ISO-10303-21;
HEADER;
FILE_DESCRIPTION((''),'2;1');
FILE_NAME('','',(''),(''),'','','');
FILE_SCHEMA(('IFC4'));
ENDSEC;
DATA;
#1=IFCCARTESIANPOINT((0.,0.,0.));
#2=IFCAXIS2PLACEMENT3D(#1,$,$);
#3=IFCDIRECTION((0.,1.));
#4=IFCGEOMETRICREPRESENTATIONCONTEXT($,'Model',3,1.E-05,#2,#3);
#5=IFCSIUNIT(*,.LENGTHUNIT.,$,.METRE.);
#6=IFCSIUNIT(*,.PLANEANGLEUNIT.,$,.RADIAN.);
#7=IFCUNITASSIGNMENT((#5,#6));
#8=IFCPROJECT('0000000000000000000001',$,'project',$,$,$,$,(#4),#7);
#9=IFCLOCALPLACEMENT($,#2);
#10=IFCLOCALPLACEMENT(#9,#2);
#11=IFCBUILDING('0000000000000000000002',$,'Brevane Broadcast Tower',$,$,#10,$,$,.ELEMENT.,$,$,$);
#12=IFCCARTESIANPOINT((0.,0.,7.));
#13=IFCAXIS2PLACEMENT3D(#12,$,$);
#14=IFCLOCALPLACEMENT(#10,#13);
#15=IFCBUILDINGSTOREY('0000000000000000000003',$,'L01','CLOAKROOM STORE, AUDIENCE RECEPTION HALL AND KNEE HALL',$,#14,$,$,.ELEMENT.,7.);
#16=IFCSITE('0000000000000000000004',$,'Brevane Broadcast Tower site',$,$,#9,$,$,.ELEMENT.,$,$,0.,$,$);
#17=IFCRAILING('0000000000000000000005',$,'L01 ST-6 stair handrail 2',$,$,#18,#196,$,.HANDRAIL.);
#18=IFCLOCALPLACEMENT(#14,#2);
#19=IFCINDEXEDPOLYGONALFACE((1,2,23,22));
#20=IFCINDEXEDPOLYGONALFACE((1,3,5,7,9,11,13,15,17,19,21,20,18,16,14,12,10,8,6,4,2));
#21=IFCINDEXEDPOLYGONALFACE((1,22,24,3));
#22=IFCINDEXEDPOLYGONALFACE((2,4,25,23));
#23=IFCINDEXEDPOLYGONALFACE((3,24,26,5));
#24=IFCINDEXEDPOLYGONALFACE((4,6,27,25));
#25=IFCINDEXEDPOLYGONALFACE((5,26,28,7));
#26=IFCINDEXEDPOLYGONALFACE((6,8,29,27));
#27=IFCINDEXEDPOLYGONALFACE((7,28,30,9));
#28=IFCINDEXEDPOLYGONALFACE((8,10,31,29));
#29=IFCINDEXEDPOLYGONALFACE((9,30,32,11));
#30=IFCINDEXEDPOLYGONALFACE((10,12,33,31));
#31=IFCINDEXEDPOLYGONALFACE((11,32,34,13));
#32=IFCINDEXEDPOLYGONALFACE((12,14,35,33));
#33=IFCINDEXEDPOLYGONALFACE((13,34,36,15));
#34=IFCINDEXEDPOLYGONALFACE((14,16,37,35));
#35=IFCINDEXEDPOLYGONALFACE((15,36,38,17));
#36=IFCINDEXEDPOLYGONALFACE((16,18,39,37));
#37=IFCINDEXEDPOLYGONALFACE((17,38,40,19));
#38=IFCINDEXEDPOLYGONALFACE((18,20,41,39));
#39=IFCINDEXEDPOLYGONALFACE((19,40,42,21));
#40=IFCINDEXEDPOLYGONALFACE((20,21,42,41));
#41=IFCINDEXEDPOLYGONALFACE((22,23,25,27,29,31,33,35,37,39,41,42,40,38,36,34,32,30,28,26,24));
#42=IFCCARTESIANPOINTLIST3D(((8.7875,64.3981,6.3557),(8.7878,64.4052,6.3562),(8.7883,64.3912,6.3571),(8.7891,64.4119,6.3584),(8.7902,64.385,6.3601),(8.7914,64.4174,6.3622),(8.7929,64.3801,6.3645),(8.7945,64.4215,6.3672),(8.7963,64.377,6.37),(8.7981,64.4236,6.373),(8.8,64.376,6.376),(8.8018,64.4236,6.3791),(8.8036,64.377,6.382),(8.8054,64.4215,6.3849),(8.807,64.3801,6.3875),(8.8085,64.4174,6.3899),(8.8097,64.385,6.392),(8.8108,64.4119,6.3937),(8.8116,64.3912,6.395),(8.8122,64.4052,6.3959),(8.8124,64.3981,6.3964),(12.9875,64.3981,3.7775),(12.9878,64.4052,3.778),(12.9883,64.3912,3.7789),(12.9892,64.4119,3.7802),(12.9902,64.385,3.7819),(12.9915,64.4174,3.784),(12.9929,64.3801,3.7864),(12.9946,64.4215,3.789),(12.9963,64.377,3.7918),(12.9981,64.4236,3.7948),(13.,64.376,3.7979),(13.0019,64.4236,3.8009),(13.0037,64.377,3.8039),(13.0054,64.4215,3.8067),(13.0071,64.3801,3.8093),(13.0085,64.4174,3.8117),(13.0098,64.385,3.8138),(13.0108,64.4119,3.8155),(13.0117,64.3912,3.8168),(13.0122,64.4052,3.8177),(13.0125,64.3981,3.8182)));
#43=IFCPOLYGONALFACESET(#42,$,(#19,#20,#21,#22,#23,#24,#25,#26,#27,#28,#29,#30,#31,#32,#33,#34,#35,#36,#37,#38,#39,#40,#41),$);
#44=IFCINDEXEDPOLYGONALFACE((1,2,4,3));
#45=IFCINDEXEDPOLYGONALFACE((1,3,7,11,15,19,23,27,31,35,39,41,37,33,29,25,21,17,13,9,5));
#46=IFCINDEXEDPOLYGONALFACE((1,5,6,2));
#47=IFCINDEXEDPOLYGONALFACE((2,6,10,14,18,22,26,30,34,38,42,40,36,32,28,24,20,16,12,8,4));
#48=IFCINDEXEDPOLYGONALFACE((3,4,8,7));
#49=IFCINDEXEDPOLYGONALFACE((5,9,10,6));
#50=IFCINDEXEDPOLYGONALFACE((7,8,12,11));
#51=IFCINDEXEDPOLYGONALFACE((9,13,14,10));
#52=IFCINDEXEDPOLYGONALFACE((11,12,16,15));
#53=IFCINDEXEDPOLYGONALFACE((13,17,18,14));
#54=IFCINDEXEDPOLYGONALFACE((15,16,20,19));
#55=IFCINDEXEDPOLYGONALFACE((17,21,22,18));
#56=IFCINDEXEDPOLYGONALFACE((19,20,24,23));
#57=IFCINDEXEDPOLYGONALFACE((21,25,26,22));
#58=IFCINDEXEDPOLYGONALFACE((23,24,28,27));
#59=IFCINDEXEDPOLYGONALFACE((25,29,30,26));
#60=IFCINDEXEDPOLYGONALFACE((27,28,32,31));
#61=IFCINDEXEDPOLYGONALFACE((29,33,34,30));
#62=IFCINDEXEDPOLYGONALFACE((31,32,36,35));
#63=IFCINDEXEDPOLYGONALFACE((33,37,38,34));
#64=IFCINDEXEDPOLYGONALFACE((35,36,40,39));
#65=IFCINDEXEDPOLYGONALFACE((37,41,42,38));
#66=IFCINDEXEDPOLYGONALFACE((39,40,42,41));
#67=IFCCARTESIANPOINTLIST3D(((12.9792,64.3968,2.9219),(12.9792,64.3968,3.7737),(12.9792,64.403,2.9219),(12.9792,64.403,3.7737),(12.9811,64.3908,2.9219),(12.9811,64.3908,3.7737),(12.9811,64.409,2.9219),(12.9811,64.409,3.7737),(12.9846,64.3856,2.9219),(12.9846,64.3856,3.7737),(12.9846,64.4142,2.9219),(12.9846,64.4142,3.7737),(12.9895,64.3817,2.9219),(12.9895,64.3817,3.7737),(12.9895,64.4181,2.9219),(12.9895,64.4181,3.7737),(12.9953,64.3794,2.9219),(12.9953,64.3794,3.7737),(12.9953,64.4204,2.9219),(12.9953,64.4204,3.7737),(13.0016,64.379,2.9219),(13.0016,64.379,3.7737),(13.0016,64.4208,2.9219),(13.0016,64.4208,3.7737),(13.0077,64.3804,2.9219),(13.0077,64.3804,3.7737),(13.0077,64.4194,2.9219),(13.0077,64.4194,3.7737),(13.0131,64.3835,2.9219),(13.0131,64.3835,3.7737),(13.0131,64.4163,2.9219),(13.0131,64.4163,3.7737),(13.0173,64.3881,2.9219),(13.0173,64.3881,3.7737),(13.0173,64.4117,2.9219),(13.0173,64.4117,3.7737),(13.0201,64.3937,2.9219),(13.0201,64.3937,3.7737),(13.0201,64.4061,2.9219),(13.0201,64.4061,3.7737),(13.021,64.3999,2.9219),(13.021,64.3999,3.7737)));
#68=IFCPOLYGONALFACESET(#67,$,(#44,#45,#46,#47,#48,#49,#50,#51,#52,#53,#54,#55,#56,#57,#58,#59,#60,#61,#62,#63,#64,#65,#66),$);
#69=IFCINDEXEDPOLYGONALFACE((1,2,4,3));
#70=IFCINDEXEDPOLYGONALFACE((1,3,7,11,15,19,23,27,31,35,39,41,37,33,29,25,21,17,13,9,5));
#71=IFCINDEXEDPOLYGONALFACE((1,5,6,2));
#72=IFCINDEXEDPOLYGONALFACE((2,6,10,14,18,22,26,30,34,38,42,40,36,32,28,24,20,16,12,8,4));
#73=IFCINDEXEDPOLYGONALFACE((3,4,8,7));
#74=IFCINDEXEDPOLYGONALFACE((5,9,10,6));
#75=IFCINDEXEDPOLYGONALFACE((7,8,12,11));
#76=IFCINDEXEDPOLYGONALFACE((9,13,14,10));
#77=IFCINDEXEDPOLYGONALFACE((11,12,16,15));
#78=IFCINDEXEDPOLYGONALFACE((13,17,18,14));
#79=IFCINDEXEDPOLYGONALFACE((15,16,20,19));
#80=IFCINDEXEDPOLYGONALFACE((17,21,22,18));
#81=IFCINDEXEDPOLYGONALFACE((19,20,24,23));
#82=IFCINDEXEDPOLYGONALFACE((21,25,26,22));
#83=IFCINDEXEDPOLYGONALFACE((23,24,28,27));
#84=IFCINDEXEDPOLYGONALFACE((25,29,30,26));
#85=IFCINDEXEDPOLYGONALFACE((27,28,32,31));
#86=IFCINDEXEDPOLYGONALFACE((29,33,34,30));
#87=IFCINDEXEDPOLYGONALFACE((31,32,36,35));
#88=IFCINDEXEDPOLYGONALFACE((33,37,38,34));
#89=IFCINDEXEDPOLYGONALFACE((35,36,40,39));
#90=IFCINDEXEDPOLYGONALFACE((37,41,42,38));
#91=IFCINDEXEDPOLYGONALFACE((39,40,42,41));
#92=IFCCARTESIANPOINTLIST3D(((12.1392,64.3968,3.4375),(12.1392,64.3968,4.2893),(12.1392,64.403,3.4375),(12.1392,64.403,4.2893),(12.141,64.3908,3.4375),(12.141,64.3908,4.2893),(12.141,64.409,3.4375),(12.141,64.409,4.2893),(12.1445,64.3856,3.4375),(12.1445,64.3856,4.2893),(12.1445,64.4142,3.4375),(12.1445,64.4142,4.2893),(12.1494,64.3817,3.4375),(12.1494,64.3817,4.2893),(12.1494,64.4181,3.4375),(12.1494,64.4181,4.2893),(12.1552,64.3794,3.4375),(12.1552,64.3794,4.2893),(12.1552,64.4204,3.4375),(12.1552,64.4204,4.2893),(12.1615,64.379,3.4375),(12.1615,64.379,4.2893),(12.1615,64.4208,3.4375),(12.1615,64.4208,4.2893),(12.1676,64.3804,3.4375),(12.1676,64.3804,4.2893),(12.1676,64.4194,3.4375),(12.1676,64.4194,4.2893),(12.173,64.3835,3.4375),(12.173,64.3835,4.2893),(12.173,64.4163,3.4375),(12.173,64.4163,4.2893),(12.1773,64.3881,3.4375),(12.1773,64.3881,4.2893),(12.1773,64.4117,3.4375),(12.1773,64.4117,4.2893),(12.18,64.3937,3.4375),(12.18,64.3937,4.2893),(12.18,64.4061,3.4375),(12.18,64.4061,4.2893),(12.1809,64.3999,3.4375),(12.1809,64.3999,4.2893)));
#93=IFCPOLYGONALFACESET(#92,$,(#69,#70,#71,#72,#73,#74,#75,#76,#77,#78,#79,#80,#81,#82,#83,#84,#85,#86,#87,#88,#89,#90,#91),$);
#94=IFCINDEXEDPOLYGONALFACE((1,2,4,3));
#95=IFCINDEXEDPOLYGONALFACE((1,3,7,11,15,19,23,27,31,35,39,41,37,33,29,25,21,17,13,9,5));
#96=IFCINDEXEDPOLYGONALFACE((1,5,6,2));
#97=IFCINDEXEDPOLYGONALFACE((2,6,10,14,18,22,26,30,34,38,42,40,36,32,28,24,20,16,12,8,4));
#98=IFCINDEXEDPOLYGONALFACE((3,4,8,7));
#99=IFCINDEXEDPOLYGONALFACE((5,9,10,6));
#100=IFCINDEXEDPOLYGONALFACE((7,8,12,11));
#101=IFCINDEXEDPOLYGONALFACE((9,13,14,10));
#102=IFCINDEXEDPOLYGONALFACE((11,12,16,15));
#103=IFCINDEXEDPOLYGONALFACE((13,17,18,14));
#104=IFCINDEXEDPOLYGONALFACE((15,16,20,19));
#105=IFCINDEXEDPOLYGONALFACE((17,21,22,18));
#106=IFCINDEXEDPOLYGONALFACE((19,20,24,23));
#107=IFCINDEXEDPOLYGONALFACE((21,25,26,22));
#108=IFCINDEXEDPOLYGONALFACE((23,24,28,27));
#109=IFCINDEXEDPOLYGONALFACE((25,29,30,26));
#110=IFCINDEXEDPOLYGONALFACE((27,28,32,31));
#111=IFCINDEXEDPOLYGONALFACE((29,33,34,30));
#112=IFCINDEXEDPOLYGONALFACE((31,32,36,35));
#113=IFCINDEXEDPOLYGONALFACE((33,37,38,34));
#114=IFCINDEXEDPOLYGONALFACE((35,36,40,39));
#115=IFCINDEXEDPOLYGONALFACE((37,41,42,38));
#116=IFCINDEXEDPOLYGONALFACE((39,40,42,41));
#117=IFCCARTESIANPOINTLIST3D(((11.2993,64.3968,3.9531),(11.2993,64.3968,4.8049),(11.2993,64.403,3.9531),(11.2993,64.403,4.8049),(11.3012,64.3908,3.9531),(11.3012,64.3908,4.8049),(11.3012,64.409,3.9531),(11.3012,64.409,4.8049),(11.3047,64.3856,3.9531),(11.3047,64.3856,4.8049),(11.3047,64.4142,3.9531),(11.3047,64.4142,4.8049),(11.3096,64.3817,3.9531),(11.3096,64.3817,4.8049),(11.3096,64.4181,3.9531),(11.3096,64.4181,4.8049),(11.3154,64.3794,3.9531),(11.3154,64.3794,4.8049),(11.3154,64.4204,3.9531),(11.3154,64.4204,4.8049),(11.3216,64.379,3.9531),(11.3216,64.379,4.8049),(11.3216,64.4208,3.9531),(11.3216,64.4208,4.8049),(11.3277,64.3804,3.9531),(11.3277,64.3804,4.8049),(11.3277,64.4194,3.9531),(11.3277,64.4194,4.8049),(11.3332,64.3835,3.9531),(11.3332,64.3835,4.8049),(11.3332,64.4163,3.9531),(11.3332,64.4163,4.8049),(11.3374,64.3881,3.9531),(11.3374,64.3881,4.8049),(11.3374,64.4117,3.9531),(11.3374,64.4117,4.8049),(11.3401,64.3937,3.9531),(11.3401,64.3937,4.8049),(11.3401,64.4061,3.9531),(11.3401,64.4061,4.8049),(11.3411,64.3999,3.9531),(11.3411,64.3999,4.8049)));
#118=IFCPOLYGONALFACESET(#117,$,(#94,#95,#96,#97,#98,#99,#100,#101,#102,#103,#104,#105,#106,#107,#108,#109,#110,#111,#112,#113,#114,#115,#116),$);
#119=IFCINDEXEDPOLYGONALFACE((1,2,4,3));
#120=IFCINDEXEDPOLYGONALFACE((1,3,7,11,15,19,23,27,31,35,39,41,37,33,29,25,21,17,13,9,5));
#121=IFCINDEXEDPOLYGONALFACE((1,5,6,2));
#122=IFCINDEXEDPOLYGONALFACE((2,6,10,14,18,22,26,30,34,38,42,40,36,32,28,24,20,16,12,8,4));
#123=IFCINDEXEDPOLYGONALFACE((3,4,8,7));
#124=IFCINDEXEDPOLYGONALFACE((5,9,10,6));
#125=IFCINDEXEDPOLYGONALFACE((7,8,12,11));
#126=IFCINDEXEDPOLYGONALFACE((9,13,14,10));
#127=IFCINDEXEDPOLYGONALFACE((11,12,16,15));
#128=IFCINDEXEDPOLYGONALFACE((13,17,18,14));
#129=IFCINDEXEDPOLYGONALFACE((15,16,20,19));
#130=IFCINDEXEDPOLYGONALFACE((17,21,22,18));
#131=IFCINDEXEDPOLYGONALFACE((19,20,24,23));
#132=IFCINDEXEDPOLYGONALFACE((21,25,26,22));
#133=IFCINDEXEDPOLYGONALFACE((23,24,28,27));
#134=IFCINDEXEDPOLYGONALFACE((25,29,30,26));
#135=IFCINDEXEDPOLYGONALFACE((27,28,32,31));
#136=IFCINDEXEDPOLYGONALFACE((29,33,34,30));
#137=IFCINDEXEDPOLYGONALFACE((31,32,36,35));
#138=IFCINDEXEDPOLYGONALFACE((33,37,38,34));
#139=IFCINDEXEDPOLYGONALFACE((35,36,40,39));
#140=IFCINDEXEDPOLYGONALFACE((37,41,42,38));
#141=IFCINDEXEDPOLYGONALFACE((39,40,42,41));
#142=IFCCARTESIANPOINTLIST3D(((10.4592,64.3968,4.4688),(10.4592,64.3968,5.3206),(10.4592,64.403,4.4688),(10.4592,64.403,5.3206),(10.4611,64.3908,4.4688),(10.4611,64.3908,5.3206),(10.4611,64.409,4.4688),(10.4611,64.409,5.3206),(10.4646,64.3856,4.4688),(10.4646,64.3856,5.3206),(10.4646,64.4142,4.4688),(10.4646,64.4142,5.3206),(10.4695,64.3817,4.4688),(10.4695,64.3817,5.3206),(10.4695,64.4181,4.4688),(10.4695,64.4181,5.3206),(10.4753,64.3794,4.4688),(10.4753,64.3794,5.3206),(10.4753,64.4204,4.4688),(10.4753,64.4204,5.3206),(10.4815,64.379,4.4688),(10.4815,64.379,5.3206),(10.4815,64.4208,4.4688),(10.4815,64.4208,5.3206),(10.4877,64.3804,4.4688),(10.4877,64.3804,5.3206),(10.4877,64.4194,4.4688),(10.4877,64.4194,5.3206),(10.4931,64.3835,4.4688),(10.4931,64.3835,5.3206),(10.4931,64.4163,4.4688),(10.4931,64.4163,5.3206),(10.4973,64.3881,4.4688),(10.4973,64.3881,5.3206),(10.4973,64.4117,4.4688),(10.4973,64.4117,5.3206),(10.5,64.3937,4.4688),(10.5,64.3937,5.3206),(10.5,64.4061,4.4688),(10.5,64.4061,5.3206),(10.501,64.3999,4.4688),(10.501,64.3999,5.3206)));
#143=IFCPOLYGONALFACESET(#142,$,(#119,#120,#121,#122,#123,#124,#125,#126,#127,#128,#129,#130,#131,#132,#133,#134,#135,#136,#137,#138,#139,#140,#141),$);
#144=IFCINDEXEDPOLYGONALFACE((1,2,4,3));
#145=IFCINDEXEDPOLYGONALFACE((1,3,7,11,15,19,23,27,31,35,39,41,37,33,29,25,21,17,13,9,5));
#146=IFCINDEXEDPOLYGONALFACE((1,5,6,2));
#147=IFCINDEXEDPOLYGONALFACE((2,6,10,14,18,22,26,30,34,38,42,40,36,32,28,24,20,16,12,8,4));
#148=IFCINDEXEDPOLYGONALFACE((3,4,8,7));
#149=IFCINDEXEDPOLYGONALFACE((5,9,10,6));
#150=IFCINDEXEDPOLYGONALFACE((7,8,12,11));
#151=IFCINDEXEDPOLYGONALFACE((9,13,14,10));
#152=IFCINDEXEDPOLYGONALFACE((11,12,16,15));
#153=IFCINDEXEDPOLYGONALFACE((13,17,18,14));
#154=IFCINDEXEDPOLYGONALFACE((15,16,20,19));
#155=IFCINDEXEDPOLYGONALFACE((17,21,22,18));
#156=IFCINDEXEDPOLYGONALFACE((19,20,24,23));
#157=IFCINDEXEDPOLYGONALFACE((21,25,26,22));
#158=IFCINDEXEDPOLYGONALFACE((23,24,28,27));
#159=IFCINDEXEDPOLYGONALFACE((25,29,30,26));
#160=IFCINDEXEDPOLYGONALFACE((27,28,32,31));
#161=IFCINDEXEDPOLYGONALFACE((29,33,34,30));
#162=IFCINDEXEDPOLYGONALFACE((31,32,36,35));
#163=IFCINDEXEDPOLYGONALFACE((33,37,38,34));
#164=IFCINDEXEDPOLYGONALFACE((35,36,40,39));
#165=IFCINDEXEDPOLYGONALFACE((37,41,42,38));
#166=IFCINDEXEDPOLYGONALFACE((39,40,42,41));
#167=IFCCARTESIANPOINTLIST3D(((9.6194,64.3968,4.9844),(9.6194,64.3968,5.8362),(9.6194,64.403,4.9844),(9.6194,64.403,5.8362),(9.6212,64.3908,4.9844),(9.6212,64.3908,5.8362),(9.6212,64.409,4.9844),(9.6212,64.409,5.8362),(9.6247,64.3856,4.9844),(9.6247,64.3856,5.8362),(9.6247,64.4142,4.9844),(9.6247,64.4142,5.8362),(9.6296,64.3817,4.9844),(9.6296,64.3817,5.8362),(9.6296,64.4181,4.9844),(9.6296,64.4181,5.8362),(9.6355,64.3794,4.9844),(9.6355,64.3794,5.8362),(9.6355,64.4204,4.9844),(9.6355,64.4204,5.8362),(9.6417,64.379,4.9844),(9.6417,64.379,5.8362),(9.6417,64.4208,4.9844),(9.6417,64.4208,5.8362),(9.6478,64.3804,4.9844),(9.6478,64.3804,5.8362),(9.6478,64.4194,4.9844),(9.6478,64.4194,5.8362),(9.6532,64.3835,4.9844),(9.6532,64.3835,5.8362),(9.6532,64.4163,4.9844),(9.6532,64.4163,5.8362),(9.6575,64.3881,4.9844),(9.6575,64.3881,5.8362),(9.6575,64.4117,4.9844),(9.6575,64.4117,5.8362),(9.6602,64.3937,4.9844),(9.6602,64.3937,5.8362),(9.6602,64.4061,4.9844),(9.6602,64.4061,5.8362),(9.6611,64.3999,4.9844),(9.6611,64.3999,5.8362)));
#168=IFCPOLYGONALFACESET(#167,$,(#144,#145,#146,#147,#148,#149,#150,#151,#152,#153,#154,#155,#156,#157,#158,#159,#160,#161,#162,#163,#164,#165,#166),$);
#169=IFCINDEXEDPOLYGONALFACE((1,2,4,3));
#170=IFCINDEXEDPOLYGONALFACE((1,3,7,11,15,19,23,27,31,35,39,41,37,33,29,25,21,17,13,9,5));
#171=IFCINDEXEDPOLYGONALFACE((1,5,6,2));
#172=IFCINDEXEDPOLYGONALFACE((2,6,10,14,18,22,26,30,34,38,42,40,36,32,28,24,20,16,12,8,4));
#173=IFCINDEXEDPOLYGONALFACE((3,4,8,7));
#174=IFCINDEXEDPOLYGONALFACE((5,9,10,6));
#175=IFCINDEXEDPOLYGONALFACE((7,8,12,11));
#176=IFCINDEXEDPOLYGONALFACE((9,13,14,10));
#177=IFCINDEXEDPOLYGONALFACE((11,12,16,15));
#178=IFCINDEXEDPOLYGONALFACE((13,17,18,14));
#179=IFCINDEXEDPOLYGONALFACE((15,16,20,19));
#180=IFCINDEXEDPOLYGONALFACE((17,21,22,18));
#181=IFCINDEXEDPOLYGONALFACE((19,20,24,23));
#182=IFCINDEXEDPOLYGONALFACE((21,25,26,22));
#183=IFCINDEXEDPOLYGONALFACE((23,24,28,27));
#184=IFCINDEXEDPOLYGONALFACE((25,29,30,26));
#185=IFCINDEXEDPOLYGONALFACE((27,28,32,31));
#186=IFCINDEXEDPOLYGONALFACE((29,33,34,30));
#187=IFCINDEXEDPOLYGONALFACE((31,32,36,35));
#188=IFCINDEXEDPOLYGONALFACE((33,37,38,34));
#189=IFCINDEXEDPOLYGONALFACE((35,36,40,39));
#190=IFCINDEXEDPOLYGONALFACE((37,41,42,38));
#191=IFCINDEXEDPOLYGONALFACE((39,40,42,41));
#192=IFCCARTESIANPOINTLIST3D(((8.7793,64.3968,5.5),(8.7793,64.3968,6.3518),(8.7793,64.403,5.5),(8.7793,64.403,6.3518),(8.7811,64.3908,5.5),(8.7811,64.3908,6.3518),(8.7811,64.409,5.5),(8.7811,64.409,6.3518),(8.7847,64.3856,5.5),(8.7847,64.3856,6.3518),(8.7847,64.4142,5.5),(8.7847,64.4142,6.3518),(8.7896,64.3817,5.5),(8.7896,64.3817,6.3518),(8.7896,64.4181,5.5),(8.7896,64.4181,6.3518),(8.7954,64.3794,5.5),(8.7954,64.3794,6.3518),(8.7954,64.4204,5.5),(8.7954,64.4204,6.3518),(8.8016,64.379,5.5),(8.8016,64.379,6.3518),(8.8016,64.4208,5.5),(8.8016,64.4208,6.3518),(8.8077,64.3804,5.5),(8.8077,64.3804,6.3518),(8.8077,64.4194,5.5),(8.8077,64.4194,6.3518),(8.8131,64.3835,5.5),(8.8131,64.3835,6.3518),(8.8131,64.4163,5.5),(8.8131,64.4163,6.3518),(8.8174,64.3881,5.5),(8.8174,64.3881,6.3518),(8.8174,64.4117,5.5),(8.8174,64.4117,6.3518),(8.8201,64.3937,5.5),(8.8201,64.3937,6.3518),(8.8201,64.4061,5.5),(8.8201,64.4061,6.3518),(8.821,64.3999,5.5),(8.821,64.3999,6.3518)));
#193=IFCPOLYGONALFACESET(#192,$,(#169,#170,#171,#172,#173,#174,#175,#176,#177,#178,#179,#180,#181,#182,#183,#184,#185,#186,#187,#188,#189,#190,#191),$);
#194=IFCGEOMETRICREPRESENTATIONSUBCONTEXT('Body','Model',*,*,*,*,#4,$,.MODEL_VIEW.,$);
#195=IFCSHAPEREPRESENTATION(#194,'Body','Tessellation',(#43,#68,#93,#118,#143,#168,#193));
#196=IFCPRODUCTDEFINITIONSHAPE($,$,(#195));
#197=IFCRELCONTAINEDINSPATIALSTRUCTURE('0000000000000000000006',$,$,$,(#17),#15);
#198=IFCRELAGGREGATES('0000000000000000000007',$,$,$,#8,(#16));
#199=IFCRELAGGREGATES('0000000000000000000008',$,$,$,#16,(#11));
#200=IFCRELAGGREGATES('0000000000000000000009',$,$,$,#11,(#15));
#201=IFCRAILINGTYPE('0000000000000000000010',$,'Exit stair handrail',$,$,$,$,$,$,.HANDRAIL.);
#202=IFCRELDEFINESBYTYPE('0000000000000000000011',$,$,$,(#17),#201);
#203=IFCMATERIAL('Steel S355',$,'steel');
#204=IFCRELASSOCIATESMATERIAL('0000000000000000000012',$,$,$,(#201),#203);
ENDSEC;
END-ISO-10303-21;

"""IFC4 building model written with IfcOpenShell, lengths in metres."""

from ifc_helpers import new_model, si_unit, direction, frame, origin, origin_2d, place, context, subcontext, project, spatial, circle, extrude, material, type_object, element, save


model = new_model("IFC4")

# Units and contexts
model_context = context("Model", 3, precision=1e-05, world=origin(), true_north=direction((0.0, 1.0)))
body_context = subcontext(model_context, "Body", "Model", "MODEL_VIEW")
ifc_project = project(units=[si_unit("LENGTHUNIT", "METRE"), si_unit("PLANEANGLEUNIT", "RADIAN")], contexts=[model_context])

# Site, building, storey
site_placement = place(None, origin())
site = spatial("IfcSite", under=ifc_project, at=site_placement, Name="Brevane Broadcast Tower site", CompositionType="ELEMENT", RefElevation=0.0)
building_placement = place(site_placement, origin())
building = spatial("IfcBuilding", under=site, at=building_placement, Name="Brevane Broadcast Tower", CompositionType="ELEMENT")
storey_placement = place(building_placement, frame((0.0, 0.0, 7.0)))
storey = spatial("IfcBuildingStorey", under=building, at=storey_placement, Name="L01", Description="CLOAKROOM STORE, AUDIENCE RECEPTION HALL AND KNEE HALL", CompositionType="ELEMENT", Elevation=7.0)

# Railing
ifc_material_1 = material(Name="Steel S355", Category="steel")
railing_type_1 = type_object("IfcRailingType", Name="Exit stair handrail", PredefinedType="HANDRAIL", material=ifc_material_1)
railing_1_placement = place(storey_placement, frame((13.0, 64.3999, 2.9219)))
element("IfcRailing", 1, at=railing_1_placement, inside=storey, type_object=railing_type_1, Name="L01 ST-6 stair handrail 2", PredefinedType="HANDRAIL", context=body_context, shape_type="SweptSolid", body=[
    extrude(circle(Radius=0.0239, at=origin_2d()), frame((0.0, 0.0, 0.876), z_axis=(-0.852243, 0.0, 0.523146), x_axis=(0.0, -1.0, 0.0)), (0.0, 0.0, 1.0), 4.9282),
    extrude(circle(Radius=0.021, at=origin_2d()), origin(), (0.0, 0.0, 1.0), 0.8518),
    extrude(circle(Radius=0.021, at=origin_2d()), frame((-0.8401, 0.0, 0.5156)), (0.0, 0.0, 1.0), 0.8518),
    extrude(circle(Radius=0.021, at=origin_2d()), frame((-1.6799, 0.0, 1.0312)), (0.0, 0.0, 1.0), 0.8518),
    extrude(circle(Radius=0.021, at=origin_2d()), frame((-2.52, 0.0, 1.5469)), (0.0, 0.0, 1.0), 0.8518),
    extrude(circle(Radius=0.021, at=origin_2d()), frame((-3.3599, 0.0, 2.0625)), (0.0, 0.0, 1.0), 0.8518),
    extrude(circle(Radius=0.021, at=origin_2d()), frame((-4.2, 0.0, 2.5781)), (0.0, 0.0, 1.0), 0.8518),
])

save(model, "model.ifc")
